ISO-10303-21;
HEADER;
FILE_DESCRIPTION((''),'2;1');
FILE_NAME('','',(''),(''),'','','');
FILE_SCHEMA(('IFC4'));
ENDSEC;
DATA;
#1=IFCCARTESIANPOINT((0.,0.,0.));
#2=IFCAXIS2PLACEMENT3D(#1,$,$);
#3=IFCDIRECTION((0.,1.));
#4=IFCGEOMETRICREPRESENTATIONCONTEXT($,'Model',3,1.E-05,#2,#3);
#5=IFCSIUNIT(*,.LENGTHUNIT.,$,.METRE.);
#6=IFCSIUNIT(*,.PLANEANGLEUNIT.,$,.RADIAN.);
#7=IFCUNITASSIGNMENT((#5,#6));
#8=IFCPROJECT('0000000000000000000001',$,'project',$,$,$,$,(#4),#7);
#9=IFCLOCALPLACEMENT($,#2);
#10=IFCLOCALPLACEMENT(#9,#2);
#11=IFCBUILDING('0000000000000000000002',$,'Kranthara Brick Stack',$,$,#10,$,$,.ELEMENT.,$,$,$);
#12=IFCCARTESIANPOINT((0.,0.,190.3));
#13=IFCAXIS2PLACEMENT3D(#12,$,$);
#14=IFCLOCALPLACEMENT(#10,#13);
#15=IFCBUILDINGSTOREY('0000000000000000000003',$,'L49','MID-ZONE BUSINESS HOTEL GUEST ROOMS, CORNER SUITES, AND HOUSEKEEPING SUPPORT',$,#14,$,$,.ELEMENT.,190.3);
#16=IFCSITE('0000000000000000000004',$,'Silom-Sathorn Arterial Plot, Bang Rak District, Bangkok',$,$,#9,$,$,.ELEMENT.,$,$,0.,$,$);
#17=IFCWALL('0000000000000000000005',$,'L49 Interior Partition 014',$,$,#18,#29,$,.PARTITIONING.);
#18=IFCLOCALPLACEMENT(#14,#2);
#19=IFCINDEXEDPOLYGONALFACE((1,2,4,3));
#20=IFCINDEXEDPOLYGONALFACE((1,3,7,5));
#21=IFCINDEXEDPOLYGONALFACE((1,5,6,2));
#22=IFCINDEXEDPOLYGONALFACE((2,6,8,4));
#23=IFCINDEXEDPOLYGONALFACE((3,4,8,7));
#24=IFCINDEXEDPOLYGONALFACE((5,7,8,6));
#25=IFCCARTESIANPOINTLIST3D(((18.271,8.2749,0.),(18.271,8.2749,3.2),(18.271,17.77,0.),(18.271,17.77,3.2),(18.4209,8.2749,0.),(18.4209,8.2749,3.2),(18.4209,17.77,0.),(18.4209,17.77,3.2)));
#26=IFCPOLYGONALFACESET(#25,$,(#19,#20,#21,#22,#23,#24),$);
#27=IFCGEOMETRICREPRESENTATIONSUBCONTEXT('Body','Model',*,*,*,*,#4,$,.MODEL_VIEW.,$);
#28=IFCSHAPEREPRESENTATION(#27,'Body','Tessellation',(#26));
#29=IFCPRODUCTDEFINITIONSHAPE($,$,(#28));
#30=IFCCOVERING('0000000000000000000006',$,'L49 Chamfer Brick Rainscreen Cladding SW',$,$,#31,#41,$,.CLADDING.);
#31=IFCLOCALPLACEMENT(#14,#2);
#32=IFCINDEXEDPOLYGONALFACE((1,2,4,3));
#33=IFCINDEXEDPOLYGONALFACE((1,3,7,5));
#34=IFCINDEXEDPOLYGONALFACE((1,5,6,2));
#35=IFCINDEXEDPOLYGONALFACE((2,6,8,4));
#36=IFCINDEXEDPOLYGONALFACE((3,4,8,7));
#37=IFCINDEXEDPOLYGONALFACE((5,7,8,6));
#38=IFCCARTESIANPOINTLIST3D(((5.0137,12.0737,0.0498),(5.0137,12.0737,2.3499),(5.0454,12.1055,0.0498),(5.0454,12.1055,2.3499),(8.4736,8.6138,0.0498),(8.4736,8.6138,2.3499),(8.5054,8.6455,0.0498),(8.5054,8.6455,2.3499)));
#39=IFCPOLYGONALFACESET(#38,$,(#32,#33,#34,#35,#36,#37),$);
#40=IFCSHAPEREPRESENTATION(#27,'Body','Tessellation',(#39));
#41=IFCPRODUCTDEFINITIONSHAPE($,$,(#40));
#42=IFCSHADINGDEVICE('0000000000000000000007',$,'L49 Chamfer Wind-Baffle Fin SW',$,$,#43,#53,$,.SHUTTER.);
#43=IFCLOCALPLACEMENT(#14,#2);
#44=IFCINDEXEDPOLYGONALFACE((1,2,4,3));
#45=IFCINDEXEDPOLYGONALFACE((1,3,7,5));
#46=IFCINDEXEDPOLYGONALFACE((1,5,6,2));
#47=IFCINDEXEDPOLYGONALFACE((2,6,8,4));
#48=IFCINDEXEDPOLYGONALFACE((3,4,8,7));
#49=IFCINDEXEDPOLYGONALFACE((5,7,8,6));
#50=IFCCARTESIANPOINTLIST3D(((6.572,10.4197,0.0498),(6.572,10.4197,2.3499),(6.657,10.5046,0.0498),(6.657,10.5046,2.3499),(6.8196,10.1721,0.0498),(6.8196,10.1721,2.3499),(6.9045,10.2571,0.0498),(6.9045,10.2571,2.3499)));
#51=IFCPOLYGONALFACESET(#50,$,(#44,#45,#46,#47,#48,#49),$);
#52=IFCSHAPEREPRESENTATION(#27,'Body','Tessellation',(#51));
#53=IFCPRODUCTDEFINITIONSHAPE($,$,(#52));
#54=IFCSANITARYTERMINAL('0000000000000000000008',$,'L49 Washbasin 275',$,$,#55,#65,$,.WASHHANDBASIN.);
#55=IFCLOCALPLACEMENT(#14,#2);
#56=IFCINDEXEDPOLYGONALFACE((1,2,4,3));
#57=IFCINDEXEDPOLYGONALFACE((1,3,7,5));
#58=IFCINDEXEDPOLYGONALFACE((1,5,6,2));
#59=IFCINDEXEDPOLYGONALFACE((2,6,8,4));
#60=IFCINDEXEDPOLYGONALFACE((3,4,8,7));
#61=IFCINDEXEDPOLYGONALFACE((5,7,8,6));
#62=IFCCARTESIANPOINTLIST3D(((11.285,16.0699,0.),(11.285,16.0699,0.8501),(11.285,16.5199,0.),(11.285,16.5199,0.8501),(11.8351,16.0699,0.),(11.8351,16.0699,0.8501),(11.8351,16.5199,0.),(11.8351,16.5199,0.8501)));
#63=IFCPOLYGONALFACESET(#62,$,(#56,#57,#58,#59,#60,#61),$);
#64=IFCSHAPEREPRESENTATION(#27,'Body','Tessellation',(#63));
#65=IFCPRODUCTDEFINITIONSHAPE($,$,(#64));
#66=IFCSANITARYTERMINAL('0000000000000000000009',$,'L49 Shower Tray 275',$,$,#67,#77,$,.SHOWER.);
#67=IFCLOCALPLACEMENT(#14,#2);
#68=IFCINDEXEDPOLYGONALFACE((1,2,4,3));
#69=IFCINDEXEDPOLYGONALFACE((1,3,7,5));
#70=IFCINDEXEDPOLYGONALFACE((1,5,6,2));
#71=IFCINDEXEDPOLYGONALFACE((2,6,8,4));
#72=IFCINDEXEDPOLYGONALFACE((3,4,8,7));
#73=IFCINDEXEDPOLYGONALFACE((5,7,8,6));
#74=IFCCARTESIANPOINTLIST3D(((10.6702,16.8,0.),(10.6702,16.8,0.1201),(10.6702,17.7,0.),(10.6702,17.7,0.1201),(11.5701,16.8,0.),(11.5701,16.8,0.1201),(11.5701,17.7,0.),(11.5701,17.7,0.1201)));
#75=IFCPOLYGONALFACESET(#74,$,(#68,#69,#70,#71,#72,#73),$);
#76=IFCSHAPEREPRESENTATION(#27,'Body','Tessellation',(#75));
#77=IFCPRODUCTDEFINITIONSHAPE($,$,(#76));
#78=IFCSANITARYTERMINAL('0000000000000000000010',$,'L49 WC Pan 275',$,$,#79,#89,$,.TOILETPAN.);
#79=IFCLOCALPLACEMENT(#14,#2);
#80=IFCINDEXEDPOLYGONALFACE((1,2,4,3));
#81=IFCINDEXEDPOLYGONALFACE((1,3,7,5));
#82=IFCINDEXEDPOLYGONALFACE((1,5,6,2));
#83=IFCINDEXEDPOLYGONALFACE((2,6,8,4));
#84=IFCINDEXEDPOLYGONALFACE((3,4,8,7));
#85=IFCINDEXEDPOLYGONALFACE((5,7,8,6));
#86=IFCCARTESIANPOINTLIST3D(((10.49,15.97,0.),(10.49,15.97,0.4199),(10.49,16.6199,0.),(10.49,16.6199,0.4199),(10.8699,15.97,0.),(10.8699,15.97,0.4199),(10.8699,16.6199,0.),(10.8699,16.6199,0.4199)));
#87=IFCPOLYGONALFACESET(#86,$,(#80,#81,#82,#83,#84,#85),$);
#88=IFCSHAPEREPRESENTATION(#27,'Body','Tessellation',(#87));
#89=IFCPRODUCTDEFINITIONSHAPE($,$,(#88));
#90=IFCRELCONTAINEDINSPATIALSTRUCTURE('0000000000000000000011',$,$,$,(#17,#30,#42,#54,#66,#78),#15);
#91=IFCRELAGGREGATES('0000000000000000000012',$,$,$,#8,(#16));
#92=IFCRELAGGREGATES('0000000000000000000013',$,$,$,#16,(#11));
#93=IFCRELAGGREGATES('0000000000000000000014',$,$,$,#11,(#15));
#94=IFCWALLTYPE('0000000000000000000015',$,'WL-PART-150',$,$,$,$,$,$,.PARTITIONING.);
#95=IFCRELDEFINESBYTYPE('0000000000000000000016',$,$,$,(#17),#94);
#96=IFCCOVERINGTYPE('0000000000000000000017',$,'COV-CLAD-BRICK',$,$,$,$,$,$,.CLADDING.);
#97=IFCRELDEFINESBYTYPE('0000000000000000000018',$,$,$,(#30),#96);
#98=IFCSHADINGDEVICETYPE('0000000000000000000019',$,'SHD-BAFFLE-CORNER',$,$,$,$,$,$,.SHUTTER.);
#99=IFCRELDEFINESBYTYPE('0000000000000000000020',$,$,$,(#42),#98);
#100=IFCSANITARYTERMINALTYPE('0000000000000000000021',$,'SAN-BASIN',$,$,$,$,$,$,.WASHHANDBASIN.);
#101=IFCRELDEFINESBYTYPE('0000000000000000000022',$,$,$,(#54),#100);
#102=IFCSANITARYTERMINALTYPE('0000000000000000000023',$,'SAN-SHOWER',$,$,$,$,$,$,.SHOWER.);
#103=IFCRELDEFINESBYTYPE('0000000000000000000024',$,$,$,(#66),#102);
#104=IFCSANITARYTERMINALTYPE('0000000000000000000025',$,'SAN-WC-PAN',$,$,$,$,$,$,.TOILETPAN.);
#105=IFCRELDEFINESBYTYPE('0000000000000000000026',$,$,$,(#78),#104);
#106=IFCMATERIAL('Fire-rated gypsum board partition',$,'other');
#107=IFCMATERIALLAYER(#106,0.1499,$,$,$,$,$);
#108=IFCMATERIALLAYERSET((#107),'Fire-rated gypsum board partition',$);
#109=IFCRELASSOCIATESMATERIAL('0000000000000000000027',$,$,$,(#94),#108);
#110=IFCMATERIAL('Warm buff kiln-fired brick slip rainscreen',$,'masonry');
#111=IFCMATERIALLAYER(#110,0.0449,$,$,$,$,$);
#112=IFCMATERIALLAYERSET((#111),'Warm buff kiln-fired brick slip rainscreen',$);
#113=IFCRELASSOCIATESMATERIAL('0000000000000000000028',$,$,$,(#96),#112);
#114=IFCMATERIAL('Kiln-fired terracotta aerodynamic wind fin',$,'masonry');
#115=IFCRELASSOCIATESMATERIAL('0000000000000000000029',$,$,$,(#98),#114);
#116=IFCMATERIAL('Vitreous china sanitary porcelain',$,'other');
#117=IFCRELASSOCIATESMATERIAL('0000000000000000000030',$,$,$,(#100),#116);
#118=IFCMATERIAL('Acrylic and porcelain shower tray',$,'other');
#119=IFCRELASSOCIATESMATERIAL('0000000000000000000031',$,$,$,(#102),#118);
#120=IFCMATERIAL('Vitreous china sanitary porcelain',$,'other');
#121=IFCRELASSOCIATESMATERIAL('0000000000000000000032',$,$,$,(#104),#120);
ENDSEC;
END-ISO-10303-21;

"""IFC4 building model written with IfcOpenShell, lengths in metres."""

from ifc_helpers import new_model, si_unit, direction, frame, frame_2d, origin, origin_2d, place, context, subcontext, project, spatial, rectangle, extrude, material, layer, layer_set, type_object, element, save


model = new_model("IFC4")

# Units and contexts
model_context = context("Model", 3, precision=1e-05, world=origin(), true_north=direction((0.0, 1.0)))
body_context = subcontext(model_context, "Body", "Model", "MODEL_VIEW")
ifc_project = project(units=[si_unit("LENGTHUNIT", "METRE"), si_unit("PLANEANGLEUNIT", "RADIAN")], contexts=[model_context])

# Site, building, storey
site_placement = place(None, origin())
site = spatial("IfcSite", under=ifc_project, at=site_placement, Name="Silom-Sathorn Arterial Plot, Bang Rak District, Bangkok", CompositionType="ELEMENT", RefElevation=0.0)
building_placement = place(site_placement, origin())
building = spatial("IfcBuilding", under=site, at=building_placement, Name="Kranthara Brick Stack", CompositionType="ELEMENT")
storey_placement = place(building_placement, frame((0.0, 0.0, 190.3)))
storey = spatial("IfcBuildingStorey", under=building, at=storey_placement, Name="L49", Description="MID-ZONE BUSINESS HOTEL GUEST ROOMS, CORNER SUITES, AND HOUSEKEEPING SUPPORT", CompositionType="ELEMENT", Elevation=190.3)

# Wall
ifc_material_1 = material(Name="Fire-rated gypsum board partition", Category="other")
ifc_layer_1 = layer(ifc_material_1, 0.1499)
ifc_layer_set_1 = layer_set([ifc_layer_1], Name="Fire-rated gypsum board partition")
wall_type_1 = type_object("IfcWallType", Name="WL-PART-150", PredefinedType="PARTITIONING", material=ifc_layer_set_1)
wall_1_placement = place(storey_placement, frame((18.3459, 8.2749, 0.0), z_axis=(0.0, 0.0, 1.0), x_axis=(0.0, 1.0, 0.0)))
element("IfcWall", 1, at=wall_1_placement, inside=storey, type_object=wall_type_1, Name="L49 Interior Partition 014", PredefinedType="PARTITIONING", context=body_context, shape_type="SweptSolid", body=[
    extrude(rectangle(XDim=9.4951, YDim=0.1499, at=frame_2d((4.7476, 0.0))), origin(), (0.0, 0.0, 1.0), 3.2),
])

# Covering
ifc_material_2 = material(Name="Warm buff kiln-fired brick slip rainscreen", Category="masonry")
ifc_layer_2 = layer(ifc_material_2, 0.0449)
ifc_layer_set_2 = layer_set([ifc_layer_2], Name="Warm buff kiln-fired brick slip rainscreen")
covering_type = type_object("IfcCoveringType", Name="COV-CLAD-BRICK", PredefinedType="CLADDING", material=ifc_layer_set_2)
covering_placement = place(storey_placement, frame((6.7595, 10.3596, 0.0498), z_axis=(0.0, 0.0, 1.0), x_axis=(-0.707107, 0.707107, 0.0)))
element("IfcCovering", 2, at=covering_placement, inside=storey, type_object=covering_type, Name="L49 Chamfer Brick Rainscreen Cladding SW", PredefinedType="CLADDING", context=body_context, shape_type="SweptSolid", body=[
    extrude(rectangle(XDim=4.8931, YDim=0.0449, at=origin_2d()), origin(), (0.0, 0.0, 1.0), 2.3),
])

# Shading device
ifc_material_3 = material(Name="Kiln-fired terracotta aerodynamic wind fin", Category="masonry")
shading_device_type = type_object("IfcShadingDeviceType", Name="SHD-BAFFLE-CORNER", PredefinedType="SHUTTER", material=ifc_material_3)
shading_device_placement = place(storey_placement, frame((6.7383, 10.3384, 0.0498), z_axis=(0.0, 0.0, 1.0), x_axis=(-0.707107, 0.707107, 0.0)))
element("IfcShadingDevice", 3, at=shading_device_placement, inside=storey, type_object=shading_device_type, Name="L49 Chamfer Wind-Baffle Fin SW", PredefinedType="SHUTTER", context=body_context, shape_type="SweptSolid", body=[
    extrude(rectangle(XDim=0.3501, YDim=0.1201, at=origin_2d()), origin(), (0.0, 0.0, 1.0), 2.3),
])

# Sanitary terminals
ifc_material_4 = material(Name="Vitreous china sanitary porcelain", Category="other")
sanitary_terminal_type_1 = type_object("IfcSanitaryTerminalType", Name="SAN-BASIN", PredefinedType="WASHHANDBASIN", material=ifc_material_4)
sanitary_terminal_1_placement = place(storey_placement, frame((11.5601, 16.2949, 0.0), z_axis=(0.0, 0.0, 1.0), x_axis=(1.0, 0.0, 0.0)))
element("IfcSanitaryTerminal", 4, at=sanitary_terminal_1_placement, inside=storey, type_object=sanitary_terminal_type_1, Name="L49 Washbasin 275", PredefinedType="WASHHANDBASIN", context=body_context, shape_type="SweptSolid", body=[
    extrude(rectangle(XDim=0.55, YDim=0.45, at=origin_2d()), origin(), (0.0, 0.0, 1.0), 0.8501),
])
ifc_material_5 = material(Name="Acrylic and porcelain shower tray", Category="other")
sanitary_terminal_type_2 = type_object("IfcSanitaryTerminalType", Name="SAN-SHOWER", PredefinedType="SHOWER", material=ifc_material_5)
sanitary_terminal_2_placement = place(storey_placement, frame((11.1201, 17.25, 0.0), z_axis=(0.0, 0.0, 1.0), x_axis=(1.0, 0.0, 0.0)))
element("IfcSanitaryTerminal", 5, at=sanitary_terminal_2_placement, inside=storey, type_object=sanitary_terminal_type_2, Name="L49 Shower Tray 275", PredefinedType="SHOWER", context=body_context, shape_type="SweptSolid", body=[
    extrude(rectangle(XDim=0.8999, YDim=0.8999, at=origin_2d()), origin(), (0.0, 0.0, 1.0), 0.1201),
])
ifc_material_6 = material(Name="Vitreous china sanitary porcelain", Category="other")
sanitary_terminal_type_3 = type_object("IfcSanitaryTerminalType", Name="SAN-WC-PAN", PredefinedType="TOILETPAN", material=ifc_material_6)
sanitary_terminal_3_placement = place(storey_placement, frame((10.6799, 16.2949, 0.0), z_axis=(0.0, 0.0, 1.0), x_axis=(1.0, 0.0, 0.0)))
element("IfcSanitaryTerminal", 6, at=sanitary_terminal_3_placement, inside=storey, type_object=sanitary_terminal_type_3, Name="L49 WC Pan 275", PredefinedType="TOILETPAN", context=body_context, shape_type="SweptSolid", body=[
    extrude(rectangle(XDim=0.3799, YDim=0.6499, at=origin_2d()), origin(), (0.0, 0.0, 1.0), 0.4199),
])

save(model, "model.ifc")
